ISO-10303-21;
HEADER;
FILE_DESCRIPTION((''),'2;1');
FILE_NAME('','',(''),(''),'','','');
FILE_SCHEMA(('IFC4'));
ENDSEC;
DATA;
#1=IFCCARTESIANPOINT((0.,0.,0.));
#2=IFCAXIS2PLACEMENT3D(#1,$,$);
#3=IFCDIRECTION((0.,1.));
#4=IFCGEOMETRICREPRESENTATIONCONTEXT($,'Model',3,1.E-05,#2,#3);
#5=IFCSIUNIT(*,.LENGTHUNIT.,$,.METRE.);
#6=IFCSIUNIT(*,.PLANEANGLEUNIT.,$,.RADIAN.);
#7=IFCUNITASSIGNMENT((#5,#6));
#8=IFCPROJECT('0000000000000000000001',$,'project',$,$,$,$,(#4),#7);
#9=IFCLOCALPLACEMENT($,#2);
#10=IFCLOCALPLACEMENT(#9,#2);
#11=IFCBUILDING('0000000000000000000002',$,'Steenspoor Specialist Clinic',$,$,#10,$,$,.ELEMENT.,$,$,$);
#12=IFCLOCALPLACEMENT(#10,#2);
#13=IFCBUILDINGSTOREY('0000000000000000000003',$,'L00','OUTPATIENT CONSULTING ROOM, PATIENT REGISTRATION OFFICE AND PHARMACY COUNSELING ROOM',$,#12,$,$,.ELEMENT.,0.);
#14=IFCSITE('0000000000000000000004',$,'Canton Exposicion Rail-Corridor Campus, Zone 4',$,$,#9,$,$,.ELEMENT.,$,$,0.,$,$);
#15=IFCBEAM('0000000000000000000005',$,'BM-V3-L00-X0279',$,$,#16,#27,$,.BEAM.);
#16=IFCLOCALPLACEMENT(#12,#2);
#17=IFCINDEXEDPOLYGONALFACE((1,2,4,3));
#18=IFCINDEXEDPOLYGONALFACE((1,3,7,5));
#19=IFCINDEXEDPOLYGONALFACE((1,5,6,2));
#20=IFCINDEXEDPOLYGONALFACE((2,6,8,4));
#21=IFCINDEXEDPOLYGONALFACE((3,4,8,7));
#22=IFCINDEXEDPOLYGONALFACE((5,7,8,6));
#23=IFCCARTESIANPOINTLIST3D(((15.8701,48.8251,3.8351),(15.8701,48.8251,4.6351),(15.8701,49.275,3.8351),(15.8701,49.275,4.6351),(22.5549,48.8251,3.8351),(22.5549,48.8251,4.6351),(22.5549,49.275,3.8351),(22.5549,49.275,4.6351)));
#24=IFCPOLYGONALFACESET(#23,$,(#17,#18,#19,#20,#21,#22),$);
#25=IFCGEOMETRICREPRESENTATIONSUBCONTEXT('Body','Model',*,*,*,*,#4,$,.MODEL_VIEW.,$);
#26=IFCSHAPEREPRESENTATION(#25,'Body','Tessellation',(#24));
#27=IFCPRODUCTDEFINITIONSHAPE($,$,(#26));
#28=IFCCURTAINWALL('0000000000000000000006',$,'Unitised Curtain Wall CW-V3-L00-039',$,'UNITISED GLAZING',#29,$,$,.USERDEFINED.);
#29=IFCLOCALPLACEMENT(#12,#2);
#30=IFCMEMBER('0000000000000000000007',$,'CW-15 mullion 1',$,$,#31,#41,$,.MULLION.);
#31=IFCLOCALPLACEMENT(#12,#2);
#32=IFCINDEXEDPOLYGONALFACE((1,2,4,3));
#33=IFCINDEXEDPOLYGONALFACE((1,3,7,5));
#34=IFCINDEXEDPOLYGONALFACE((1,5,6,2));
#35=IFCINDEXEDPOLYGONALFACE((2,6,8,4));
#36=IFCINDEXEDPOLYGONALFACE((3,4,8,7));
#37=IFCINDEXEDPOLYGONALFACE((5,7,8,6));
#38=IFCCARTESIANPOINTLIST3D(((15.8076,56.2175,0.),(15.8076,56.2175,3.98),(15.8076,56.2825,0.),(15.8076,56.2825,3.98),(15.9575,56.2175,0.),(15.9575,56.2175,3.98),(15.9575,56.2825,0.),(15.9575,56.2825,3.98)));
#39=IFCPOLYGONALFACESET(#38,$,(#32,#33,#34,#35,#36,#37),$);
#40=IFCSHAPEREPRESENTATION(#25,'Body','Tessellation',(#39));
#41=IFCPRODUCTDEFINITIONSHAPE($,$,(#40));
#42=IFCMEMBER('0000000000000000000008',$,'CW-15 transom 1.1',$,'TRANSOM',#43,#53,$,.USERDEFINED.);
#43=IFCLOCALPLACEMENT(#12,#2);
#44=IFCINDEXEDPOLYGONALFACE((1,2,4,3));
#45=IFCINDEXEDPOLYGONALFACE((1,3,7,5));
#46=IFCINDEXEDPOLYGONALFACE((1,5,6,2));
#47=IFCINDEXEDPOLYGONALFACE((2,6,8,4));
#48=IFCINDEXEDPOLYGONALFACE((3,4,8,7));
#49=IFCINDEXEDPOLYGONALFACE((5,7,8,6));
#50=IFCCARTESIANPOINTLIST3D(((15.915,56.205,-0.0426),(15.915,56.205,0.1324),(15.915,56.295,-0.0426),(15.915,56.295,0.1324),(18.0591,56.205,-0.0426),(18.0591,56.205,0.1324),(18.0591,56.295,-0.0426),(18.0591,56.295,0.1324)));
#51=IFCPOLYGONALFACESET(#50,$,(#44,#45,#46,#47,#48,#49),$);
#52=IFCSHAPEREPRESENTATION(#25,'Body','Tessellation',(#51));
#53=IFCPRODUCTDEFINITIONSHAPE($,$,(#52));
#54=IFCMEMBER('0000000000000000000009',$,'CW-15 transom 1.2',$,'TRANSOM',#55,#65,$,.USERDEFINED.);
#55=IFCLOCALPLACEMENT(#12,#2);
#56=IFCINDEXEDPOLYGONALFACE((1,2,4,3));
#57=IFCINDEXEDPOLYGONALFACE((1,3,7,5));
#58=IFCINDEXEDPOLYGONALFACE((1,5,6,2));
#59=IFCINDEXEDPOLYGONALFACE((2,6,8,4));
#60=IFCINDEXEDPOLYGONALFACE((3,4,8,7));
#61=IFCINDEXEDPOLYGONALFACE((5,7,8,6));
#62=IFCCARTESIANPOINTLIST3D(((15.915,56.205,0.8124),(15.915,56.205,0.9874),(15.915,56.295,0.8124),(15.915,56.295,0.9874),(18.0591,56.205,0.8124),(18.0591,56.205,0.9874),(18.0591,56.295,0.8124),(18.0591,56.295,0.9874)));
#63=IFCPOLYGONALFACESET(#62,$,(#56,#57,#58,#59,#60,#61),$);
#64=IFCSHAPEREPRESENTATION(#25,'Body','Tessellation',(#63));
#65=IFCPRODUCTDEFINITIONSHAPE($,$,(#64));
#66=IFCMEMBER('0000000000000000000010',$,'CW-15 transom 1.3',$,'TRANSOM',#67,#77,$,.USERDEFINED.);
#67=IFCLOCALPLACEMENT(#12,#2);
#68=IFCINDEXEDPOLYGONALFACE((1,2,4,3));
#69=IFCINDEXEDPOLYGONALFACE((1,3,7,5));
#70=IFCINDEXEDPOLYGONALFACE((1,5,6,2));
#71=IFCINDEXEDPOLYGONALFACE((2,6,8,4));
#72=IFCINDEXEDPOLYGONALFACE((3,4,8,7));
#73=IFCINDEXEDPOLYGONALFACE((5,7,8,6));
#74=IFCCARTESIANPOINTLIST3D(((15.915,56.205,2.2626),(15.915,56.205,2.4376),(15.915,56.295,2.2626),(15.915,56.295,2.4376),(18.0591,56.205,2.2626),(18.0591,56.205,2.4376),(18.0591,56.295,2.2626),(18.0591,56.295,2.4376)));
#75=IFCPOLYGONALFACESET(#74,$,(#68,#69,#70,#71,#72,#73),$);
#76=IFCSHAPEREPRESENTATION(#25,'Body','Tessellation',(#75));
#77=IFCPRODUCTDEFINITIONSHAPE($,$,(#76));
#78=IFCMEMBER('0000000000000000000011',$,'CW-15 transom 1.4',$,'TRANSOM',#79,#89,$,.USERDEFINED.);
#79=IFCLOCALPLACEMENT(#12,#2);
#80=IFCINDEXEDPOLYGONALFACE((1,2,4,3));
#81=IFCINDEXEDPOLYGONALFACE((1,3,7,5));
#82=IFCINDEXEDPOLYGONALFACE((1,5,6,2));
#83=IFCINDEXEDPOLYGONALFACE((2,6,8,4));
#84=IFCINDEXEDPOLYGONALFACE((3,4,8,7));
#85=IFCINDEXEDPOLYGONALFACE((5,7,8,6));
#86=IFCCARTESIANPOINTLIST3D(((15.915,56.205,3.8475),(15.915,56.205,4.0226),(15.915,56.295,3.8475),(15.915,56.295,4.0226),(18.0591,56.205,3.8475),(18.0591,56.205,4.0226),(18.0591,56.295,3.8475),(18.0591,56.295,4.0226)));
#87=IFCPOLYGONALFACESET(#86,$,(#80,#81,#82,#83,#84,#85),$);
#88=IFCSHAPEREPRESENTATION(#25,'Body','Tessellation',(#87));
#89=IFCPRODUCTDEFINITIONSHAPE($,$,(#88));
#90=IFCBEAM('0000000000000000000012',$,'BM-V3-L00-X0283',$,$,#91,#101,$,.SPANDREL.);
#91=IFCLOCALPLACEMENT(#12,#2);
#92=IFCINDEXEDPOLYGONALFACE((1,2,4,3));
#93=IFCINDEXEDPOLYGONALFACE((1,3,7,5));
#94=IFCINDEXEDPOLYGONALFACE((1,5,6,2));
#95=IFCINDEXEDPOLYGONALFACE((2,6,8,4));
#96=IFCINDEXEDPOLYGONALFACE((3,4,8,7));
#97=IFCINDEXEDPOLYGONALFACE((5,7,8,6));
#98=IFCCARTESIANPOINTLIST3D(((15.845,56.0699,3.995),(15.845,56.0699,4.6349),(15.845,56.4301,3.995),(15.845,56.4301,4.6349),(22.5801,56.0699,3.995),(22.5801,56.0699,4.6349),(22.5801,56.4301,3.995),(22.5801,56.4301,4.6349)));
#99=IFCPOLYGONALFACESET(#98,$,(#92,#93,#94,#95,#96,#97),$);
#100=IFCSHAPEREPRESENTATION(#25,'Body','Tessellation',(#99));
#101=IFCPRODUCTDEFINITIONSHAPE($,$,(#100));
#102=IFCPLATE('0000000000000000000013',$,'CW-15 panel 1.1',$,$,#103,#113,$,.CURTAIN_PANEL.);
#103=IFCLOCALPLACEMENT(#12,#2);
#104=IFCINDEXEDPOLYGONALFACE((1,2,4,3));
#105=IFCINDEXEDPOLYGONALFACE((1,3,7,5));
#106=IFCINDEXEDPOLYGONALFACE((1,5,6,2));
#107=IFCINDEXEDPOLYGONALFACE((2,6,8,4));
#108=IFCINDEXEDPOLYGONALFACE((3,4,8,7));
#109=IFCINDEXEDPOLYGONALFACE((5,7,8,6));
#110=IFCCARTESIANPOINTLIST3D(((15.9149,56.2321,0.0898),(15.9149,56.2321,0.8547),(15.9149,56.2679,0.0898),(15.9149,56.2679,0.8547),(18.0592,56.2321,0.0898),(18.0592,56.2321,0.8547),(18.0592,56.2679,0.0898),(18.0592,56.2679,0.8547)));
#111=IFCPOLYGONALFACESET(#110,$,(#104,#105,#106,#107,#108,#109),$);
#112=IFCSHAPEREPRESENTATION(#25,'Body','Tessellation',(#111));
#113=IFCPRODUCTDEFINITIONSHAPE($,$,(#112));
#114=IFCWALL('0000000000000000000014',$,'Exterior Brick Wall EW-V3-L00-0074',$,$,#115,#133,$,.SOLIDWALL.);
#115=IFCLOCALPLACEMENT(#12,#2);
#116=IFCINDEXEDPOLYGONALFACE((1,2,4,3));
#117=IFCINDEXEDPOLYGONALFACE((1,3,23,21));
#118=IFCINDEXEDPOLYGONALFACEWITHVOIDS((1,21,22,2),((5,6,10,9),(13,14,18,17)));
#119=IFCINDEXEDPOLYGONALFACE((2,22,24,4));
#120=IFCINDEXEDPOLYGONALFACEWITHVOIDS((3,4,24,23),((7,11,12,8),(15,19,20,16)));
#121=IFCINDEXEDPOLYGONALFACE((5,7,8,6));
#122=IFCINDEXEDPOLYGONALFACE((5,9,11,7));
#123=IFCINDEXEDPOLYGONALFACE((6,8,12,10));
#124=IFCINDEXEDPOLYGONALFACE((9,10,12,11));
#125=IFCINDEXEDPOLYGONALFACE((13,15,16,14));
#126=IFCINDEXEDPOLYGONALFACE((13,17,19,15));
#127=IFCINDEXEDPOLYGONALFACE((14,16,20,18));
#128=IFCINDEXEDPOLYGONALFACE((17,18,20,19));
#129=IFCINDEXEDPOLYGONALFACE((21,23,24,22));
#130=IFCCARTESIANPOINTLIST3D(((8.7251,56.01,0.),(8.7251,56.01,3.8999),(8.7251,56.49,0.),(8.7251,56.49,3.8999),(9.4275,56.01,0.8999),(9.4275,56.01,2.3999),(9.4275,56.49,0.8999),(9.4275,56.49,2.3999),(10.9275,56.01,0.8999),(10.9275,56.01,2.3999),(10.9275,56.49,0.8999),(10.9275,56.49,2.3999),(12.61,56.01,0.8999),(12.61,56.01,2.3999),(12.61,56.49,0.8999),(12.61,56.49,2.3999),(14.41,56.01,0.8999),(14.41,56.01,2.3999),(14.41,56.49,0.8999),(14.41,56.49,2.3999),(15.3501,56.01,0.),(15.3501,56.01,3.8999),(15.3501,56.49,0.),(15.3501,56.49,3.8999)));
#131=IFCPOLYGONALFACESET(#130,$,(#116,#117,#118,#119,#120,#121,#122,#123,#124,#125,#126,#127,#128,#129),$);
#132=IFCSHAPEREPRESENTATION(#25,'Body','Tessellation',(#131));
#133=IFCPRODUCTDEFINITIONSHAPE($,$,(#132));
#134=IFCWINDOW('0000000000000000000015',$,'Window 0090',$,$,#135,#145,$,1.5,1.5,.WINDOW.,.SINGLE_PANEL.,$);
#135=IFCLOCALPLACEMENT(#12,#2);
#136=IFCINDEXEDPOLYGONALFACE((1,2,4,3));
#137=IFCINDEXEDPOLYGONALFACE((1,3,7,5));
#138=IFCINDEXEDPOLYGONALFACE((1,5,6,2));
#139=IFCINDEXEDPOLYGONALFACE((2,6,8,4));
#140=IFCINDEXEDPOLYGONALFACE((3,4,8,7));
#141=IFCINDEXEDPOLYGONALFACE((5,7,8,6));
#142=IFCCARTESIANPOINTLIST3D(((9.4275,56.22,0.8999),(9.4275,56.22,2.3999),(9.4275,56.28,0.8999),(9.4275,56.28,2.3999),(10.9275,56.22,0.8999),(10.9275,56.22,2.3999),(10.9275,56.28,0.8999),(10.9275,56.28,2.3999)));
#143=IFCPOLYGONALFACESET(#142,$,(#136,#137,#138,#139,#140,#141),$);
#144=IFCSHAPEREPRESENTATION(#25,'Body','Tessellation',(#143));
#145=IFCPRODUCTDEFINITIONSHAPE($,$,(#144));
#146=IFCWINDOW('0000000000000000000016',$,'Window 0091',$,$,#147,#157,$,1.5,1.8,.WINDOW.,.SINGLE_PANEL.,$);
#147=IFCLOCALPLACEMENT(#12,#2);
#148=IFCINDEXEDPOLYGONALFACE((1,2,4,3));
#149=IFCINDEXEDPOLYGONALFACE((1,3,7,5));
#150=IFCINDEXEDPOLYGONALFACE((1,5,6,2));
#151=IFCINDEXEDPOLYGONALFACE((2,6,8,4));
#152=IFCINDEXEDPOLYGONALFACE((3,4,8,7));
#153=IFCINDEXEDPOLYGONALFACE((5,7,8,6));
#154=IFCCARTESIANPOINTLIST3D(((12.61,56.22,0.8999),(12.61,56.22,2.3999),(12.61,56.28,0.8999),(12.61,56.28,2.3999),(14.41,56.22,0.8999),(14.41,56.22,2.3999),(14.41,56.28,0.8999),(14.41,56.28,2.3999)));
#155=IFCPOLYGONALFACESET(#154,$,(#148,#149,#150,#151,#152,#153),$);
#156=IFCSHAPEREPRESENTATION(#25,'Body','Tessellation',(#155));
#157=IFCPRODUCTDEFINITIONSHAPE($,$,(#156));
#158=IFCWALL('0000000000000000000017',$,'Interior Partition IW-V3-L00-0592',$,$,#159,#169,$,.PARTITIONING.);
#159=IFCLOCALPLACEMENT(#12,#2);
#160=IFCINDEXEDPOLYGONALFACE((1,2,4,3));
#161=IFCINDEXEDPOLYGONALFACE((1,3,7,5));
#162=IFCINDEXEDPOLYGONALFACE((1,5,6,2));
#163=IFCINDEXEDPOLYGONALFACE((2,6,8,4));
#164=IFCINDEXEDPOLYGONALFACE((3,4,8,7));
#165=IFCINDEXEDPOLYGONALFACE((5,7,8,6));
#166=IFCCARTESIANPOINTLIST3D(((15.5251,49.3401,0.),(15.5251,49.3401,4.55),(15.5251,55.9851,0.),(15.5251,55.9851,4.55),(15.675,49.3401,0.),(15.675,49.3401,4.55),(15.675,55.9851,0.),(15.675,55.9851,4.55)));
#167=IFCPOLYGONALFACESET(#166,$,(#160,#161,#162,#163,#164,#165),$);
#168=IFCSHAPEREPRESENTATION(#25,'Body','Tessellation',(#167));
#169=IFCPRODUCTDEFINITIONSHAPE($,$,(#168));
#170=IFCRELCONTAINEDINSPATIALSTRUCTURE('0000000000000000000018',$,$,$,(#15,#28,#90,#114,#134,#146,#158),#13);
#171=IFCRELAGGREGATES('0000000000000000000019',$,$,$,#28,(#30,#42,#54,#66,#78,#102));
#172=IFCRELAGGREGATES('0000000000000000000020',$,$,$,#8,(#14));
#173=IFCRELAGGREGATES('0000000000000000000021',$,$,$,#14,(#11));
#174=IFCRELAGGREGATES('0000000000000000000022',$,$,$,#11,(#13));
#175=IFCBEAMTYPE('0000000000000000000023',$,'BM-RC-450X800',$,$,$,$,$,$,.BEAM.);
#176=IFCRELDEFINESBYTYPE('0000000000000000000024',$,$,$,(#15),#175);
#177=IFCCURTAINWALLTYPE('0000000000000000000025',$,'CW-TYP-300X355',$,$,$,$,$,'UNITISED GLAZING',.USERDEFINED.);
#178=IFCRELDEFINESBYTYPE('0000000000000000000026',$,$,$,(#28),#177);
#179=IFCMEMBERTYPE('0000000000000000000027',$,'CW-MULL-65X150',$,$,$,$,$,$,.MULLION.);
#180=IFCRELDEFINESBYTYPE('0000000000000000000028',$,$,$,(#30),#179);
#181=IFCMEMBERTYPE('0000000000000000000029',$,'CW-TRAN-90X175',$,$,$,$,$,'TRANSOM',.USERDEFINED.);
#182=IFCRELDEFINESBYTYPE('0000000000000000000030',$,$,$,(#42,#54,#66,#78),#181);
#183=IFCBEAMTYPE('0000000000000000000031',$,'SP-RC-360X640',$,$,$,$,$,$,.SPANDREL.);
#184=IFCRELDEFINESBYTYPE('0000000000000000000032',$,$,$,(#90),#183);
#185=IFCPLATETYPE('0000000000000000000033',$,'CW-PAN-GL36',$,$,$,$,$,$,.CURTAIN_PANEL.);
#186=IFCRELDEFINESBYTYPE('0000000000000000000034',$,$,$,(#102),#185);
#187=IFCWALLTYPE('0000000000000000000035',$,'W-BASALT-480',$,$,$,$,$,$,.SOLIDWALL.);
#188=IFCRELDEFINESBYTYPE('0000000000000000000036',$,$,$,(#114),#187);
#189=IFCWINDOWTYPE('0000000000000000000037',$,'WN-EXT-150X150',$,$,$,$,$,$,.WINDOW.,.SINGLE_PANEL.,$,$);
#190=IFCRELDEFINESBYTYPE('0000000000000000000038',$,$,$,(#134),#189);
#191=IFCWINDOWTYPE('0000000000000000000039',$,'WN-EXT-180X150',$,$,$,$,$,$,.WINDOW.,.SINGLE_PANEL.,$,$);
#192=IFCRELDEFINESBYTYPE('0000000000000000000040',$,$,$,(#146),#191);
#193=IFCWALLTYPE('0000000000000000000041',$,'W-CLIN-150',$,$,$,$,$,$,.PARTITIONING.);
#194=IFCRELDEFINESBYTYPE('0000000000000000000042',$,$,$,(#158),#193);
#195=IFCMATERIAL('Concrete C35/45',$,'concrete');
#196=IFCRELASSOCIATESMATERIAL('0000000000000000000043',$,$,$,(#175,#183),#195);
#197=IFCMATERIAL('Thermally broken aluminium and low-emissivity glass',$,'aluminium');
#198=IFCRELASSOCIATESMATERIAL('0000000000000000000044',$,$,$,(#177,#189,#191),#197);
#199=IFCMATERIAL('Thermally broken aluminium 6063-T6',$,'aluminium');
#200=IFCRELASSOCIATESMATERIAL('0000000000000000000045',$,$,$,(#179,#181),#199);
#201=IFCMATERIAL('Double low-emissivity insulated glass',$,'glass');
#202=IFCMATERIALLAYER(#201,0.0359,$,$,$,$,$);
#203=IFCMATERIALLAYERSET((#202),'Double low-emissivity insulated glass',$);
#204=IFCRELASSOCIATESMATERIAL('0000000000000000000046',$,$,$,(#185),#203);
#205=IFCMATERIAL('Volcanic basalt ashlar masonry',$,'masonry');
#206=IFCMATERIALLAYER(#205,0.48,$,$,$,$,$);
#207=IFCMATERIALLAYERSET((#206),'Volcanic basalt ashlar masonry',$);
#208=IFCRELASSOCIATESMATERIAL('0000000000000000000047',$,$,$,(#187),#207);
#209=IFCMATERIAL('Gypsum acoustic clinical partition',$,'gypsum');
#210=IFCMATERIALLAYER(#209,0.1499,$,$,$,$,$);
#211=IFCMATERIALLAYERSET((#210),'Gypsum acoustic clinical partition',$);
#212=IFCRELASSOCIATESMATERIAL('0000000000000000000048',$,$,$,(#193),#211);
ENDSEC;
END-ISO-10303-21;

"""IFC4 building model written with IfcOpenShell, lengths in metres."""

from ifc_helpers import new_model, si_unit, direction, frame, frame_2d, origin, origin_2d, place, context, subcontext, project, spatial, rectangle, extrude, material, layer, layer_set, material_profile, profile_set, type_object, element, fill, aggregate, save


model = new_model("IFC4")

# Units and contexts
model_context = context("Model", 3, precision=1e-05, world=origin(), true_north=direction((0.0, 1.0)))
body_context = subcontext(model_context, "Body", "Model", "MODEL_VIEW")
ifc_project = project(units=[si_unit("LENGTHUNIT", "METRE"), si_unit("PLANEANGLEUNIT", "RADIAN")], contexts=[model_context])

# Site, building, storey
site_placement = place(None, origin())
site = spatial("IfcSite", under=ifc_project, at=site_placement, Name="Canton Exposicion Rail-Corridor Campus, Zone 4", CompositionType="ELEMENT", RefElevation=0.0)
building_placement = place(site_placement, origin())
building = spatial("IfcBuilding", under=site, at=building_placement, Name="Steenspoor Specialist Clinic", CompositionType="ELEMENT")
storey_placement = place(building_placement, origin())
storey = spatial("IfcBuildingStorey", under=building, at=storey_placement, Name="L00", Description="OUTPATIENT CONSULTING ROOM, PATIENT REGISTRATION OFFICE AND PHARMACY COUNSELING ROOM", CompositionType="ELEMENT", Elevation=0.0)

# Shared definitions
ifc_material_1 = material(Name="Concrete C35/45", Category="concrete")

# Beam
ifc_material_profile_1 = material_profile(ifc_material_1, rectangle(XDim=0.45, YDim=0.8, at=origin_2d()), Name="RC-BM-450X800")
ifc_profile_set_1 = profile_set([ifc_material_profile_1], Name="Concrete C35/45")
beam_type_1 = type_object("IfcBeamType", Name="BM-RC-450X800", PredefinedType="BEAM", material=ifc_profile_set_1)
beam_1_placement = place(storey_placement, frame((15.8701, 49.05, 4.2351), z_axis=(1.0, 0.0, 0.0), x_axis=(0.0, 1.0, 0.0)))
element("IfcBeam", 1, at=beam_1_placement, inside=storey, type_object=beam_type_1, Name="BM-V3-L00-X0279", PredefinedType="BEAM", context=body_context, shape_type="SweptSolid", body=[
    extrude(rectangle(XDim=0.45, YDim=0.8, at=origin_2d()), origin(), (0.0, 0.0, 1.0), 6.6848),
])

# Curtain wall, members
ifc_material_2 = material(Name="Thermally broken aluminium and low-emissivity glass", Category="aluminium")
curtain_wall_type = type_object("IfcCurtainWallType", Name="CW-TYP-300X355", ElementType="UNITISED GLAZING", PredefinedType="USERDEFINED", material=ifc_material_2)
curtain_wall_placement = place(storey_placement, origin())
curtain_wall = element("IfcCurtainWall", 2, at=curtain_wall_placement, inside=storey, type_object=curtain_wall_type, Name="Unitised Curtain Wall CW-V3-L00-039", ObjectType="UNITISED GLAZING", PredefinedType="USERDEFINED")
ifc_material_3 = material(Name="Thermally broken aluminium 6063-T6", Category="aluminium")
ifc_material_profile_2 = material_profile(ifc_material_3, rectangle(XDim=0.0649, YDim=0.1499, at=origin_2d()), Name="CWM-65X150")
ifc_profile_set_2 = profile_set([ifc_material_profile_2], Name="Thermally broken aluminium 6063-T6")
member_type_1 = type_object("IfcMemberType", Name="CW-MULL-65X150", PredefinedType="MULLION", material=ifc_profile_set_2)
member_1_placement = place(storey_placement, frame((15.8826, 56.25, 0.0), z_axis=(0.0, 0.0, 1.0), x_axis=(0.0, 1.0, 0.0)))
member_1 = element("IfcMember", 3, at=member_1_placement, type_object=member_type_1, Name="CW-15 mullion 1", PredefinedType="MULLION", context=body_context, shape_type="SweptSolid", body=[
    extrude(rectangle(XDim=0.0649, YDim=0.1499, at=origin_2d()), origin(), (0.0, 0.0, 1.0), 3.98),
])
ifc_material_profile_3 = material_profile(ifc_material_3, rectangle(XDim=0.0901, YDim=0.175, at=origin_2d()), Name="CWT-90X175")
ifc_profile_set_3 = profile_set([ifc_material_profile_3], Name="Thermally broken aluminium 6063-T6")
member_type_2 = type_object("IfcMemberType", Name="CW-TRAN-90X175", ElementType="TRANSOM", PredefinedType="USERDEFINED", material=ifc_profile_set_3)
member_2_placement = place(storey_placement, frame((15.915, 56.25, 0.0449), z_axis=(1.0, 0.0, 0.0), x_axis=(0.0, 1.0, 0.0)))
member_2 = element("IfcMember", 4, at=member_2_placement, type_object=member_type_2, Name="CW-15 transom 1.1", ObjectType="TRANSOM", PredefinedType="USERDEFINED", context=body_context, shape_type="SweptSolid", body=[
    extrude(rectangle(XDim=0.0901, YDim=0.175, at=origin_2d()), origin(), (0.0, 0.0, 1.0), 2.144),
])
member_3_placement = place(storey_placement, frame((15.915, 56.25, 0.8999), z_axis=(1.0, 0.0, 0.0), x_axis=(0.0, 1.0, 0.0)))
member_3 = element("IfcMember", 5, at=member_3_placement, type_object=member_type_2, Name="CW-15 transom 1.2", ObjectType="TRANSOM", PredefinedType="USERDEFINED", context=body_context, shape_type="SweptSolid", body=[
    extrude(rectangle(XDim=0.0901, YDim=0.175, at=origin_2d()), origin(), (0.0, 0.0, 1.0), 2.144),
])
member_4_placement = place(storey_placement, frame((15.915, 56.25, 2.3501), z_axis=(1.0, 0.0, 0.0), x_axis=(0.0, 1.0, 0.0)))
member_4 = element("IfcMember", 6, at=member_4_placement, type_object=member_type_2, Name="CW-15 transom 1.3", ObjectType="TRANSOM", PredefinedType="USERDEFINED", context=body_context, shape_type="SweptSolid", body=[
    extrude(rectangle(XDim=0.0901, YDim=0.175, at=origin_2d()), origin(), (0.0, 0.0, 1.0), 2.144),
])
member_5_placement = place(storey_placement, frame((15.915, 56.25, 3.9351), z_axis=(1.0, 0.0, 0.0), x_axis=(0.0, 1.0, 0.0)))
member_5 = element("IfcMember", 7, at=member_5_placement, type_object=member_type_2, Name="CW-15 transom 1.4", ObjectType="TRANSOM", PredefinedType="USERDEFINED", context=body_context, shape_type="SweptSolid", body=[
    extrude(rectangle(XDim=0.0901, YDim=0.175, at=origin_2d()), origin(), (0.0, 0.0, 1.0), 2.144),
])

# Beam
ifc_material_profile_4 = material_profile(ifc_material_1, rectangle(XDim=0.3601, YDim=0.6399, at=origin_2d()), Name="RC-SP-360X640")
ifc_profile_set_4 = profile_set([ifc_material_profile_4], Name="Concrete C35/45")
beam_type_2 = type_object("IfcBeamType", Name="SP-RC-360X640", PredefinedType="SPANDREL", material=ifc_profile_set_4)
beam_2_placement = place(storey_placement, frame((15.845, 56.25, 4.3149), z_axis=(1.0, 0.0, 0.0), x_axis=(0.0, 1.0, 0.0)))
element("IfcBeam", 8, at=beam_2_placement, inside=storey, type_object=beam_type_2, Name="BM-V3-L00-X0283", PredefinedType="SPANDREL", context=body_context, shape_type="SweptSolid", body=[
    extrude(rectangle(XDim=0.3601, YDim=0.6399, at=origin_2d()), origin(), (0.0, 0.0, 1.0), 6.7351),
])

# Plate
ifc_material_4 = material(Name="Double low-emissivity insulated glass", Category="glass")
ifc_layer_1 = layer(ifc_material_4, 0.0359)
ifc_layer_set_1 = layer_set([ifc_layer_1], Name="Double low-emissivity insulated glass")
plate_type = type_object("IfcPlateType", Name="CW-PAN-GL36", PredefinedType="CURTAIN_PANEL", material=ifc_layer_set_1)
plate_placement = place(storey_placement, frame((16.9871, 56.25, 0.0898), z_axis=(0.0, 0.0, 1.0), x_axis=(1.0, 0.0, 0.0)))
plate = element("IfcPlate", 9, at=plate_placement, type_object=plate_type, Name="CW-15 panel 1.1", PredefinedType="CURTAIN_PANEL", context=body_context, shape_type="SweptSolid", body=[
    extrude(rectangle(XDim=2.1443, YDim=0.0359, at=origin_2d()), origin(), (0.0, 0.0, 1.0), 0.7649),
])
aggregate(curtain_wall, [member_1, member_2, member_3, member_4, member_5, plate])

# Wall, openings, windows
ifc_material_5 = material(Name="Volcanic basalt ashlar masonry", Category="masonry")
ifc_layer_2 = layer(ifc_material_5, 0.48)
ifc_layer_set_2 = layer_set([ifc_layer_2], Name="Volcanic basalt ashlar masonry")
wall_type_1 = type_object("IfcWallType", Name="W-BASALT-480", PredefinedType="SOLIDWALL", material=ifc_layer_set_2)
wall_1_placement = place(storey_placement, frame((8.7251, 56.25, 0.0), z_axis=(0.0, 0.0, 1.0), x_axis=(1.0, 0.0, 0.0)))
wall_1 = element("IfcWall", 10, at=wall_1_placement, inside=storey, type_object=wall_type_1, Name="Exterior Brick Wall EW-V3-L00-0074", PredefinedType="SOLIDWALL", context=body_context, shape_type="SweptSolid", body=[
    extrude(rectangle(XDim=6.625, YDim=0.48, at=frame_2d((3.3125, 0.0))), origin(), (0.0, 0.0, 1.0), 3.8999),
])
opening_1_placement = place(wall_1_placement, frame((0.7024, 0.0, 0.8999)))
opening_1 = element("IfcOpeningElement", 11, at=opening_1_placement, cuts=wall_1, PredefinedType="OPENING", context=body_context, shape_type="SweptSolid", body=[
    extrude(rectangle(XDim=1.5, YDim=1.5, at=frame_2d((0.75, 0.75))), frame((0.0, 0.25, 0.0), z_axis=(0.0, -1.0, 0.0), x_axis=(1.0, 0.0, 0.0)), (0.0, 0.0, 1.0), 0.5),
])
opening_2_placement = place(wall_1_placement, frame((3.885, 0.0, 0.8999)))
opening_2 = element("IfcOpeningElement", 12, at=opening_2_placement, cuts=wall_1, PredefinedType="OPENING", context=body_context, shape_type="SweptSolid", body=[
    extrude(rectangle(XDim=1.8, YDim=1.5, at=frame_2d((0.8999, 0.75))), frame((0.0, 0.25, 0.0), z_axis=(0.0, -1.0, 0.0), x_axis=(1.0, 0.0, 0.0)), (0.0, 0.0, 1.0), 0.5),
])
window_type_1 = type_object("IfcWindowType", Name="WN-EXT-150X150", PartitioningType="SINGLE_PANEL", PredefinedType="WINDOW", material=ifc_material_2)
window_1_placement = place(opening_1_placement, origin())
window_1 = element("IfcWindow", 13, at=window_1_placement, inside=storey, type_object=window_type_1, Name="Window 0090", OverallHeight=1.5, OverallWidth=1.5, PartitioningType="SINGLE_PANEL", PredefinedType="WINDOW", context=body_context, shape_type="SweptSolid", body=[
    extrude(rectangle(XDim=1.5, YDim=1.5, at=frame_2d((0.75, 0.75))), frame((0.0, 0.03, 0.0), z_axis=(0.0, -1.0, 0.0), x_axis=(1.0, 0.0, 0.0)), (0.0, 0.0, 1.0), 0.0601),
])
fill(opening_1, window_1)
window_type_2 = type_object("IfcWindowType", Name="WN-EXT-180X150", PartitioningType="SINGLE_PANEL", PredefinedType="WINDOW", material=ifc_material_2)
window_2_placement = place(opening_2_placement, origin())
window_2 = element("IfcWindow", 14, at=window_2_placement, inside=storey, type_object=window_type_2, Name="Window 0091", OverallHeight=1.5, OverallWidth=1.8, PartitioningType="SINGLE_PANEL", PredefinedType="WINDOW", context=body_context, shape_type="SweptSolid", body=[
    extrude(rectangle(XDim=1.8, YDim=1.5, at=frame_2d((0.8999, 0.75))), frame((0.0, 0.03, 0.0), z_axis=(0.0, -1.0, 0.0), x_axis=(1.0, 0.0, 0.0)), (0.0, 0.0, 1.0), 0.0601),
])
fill(opening_2, window_2)

# Wall
ifc_material_6 = material(Name="Gypsum acoustic clinical partition", Category="gypsum")
ifc_layer_3 = layer(ifc_material_6, 0.1499)
ifc_layer_set_3 = layer_set([ifc_layer_3], Name="Gypsum acoustic clinical partition")
wall_type_2 = type_object("IfcWallType", Name="W-CLIN-150", PredefinedType="PARTITIONING", material=ifc_layer_set_3)
wall_2_placement = place(storey_placement, frame((15.6001, 49.3401, 0.0), z_axis=(0.0, 0.0, 1.0), x_axis=(0.0, 1.0, 0.0)))
element("IfcWall", 15, at=wall_2_placement, inside=storey, type_object=wall_type_2, Name="Interior Partition IW-V3-L00-0592", PredefinedType="PARTITIONING", context=body_context, shape_type="SweptSolid", body=[
    extrude(rectangle(XDim=6.645, YDim=0.1499, at=frame_2d((3.3225, 0.0))), origin(), (0.0, 0.0, 1.0), 4.55),
])

save(model, "model.ifc")
